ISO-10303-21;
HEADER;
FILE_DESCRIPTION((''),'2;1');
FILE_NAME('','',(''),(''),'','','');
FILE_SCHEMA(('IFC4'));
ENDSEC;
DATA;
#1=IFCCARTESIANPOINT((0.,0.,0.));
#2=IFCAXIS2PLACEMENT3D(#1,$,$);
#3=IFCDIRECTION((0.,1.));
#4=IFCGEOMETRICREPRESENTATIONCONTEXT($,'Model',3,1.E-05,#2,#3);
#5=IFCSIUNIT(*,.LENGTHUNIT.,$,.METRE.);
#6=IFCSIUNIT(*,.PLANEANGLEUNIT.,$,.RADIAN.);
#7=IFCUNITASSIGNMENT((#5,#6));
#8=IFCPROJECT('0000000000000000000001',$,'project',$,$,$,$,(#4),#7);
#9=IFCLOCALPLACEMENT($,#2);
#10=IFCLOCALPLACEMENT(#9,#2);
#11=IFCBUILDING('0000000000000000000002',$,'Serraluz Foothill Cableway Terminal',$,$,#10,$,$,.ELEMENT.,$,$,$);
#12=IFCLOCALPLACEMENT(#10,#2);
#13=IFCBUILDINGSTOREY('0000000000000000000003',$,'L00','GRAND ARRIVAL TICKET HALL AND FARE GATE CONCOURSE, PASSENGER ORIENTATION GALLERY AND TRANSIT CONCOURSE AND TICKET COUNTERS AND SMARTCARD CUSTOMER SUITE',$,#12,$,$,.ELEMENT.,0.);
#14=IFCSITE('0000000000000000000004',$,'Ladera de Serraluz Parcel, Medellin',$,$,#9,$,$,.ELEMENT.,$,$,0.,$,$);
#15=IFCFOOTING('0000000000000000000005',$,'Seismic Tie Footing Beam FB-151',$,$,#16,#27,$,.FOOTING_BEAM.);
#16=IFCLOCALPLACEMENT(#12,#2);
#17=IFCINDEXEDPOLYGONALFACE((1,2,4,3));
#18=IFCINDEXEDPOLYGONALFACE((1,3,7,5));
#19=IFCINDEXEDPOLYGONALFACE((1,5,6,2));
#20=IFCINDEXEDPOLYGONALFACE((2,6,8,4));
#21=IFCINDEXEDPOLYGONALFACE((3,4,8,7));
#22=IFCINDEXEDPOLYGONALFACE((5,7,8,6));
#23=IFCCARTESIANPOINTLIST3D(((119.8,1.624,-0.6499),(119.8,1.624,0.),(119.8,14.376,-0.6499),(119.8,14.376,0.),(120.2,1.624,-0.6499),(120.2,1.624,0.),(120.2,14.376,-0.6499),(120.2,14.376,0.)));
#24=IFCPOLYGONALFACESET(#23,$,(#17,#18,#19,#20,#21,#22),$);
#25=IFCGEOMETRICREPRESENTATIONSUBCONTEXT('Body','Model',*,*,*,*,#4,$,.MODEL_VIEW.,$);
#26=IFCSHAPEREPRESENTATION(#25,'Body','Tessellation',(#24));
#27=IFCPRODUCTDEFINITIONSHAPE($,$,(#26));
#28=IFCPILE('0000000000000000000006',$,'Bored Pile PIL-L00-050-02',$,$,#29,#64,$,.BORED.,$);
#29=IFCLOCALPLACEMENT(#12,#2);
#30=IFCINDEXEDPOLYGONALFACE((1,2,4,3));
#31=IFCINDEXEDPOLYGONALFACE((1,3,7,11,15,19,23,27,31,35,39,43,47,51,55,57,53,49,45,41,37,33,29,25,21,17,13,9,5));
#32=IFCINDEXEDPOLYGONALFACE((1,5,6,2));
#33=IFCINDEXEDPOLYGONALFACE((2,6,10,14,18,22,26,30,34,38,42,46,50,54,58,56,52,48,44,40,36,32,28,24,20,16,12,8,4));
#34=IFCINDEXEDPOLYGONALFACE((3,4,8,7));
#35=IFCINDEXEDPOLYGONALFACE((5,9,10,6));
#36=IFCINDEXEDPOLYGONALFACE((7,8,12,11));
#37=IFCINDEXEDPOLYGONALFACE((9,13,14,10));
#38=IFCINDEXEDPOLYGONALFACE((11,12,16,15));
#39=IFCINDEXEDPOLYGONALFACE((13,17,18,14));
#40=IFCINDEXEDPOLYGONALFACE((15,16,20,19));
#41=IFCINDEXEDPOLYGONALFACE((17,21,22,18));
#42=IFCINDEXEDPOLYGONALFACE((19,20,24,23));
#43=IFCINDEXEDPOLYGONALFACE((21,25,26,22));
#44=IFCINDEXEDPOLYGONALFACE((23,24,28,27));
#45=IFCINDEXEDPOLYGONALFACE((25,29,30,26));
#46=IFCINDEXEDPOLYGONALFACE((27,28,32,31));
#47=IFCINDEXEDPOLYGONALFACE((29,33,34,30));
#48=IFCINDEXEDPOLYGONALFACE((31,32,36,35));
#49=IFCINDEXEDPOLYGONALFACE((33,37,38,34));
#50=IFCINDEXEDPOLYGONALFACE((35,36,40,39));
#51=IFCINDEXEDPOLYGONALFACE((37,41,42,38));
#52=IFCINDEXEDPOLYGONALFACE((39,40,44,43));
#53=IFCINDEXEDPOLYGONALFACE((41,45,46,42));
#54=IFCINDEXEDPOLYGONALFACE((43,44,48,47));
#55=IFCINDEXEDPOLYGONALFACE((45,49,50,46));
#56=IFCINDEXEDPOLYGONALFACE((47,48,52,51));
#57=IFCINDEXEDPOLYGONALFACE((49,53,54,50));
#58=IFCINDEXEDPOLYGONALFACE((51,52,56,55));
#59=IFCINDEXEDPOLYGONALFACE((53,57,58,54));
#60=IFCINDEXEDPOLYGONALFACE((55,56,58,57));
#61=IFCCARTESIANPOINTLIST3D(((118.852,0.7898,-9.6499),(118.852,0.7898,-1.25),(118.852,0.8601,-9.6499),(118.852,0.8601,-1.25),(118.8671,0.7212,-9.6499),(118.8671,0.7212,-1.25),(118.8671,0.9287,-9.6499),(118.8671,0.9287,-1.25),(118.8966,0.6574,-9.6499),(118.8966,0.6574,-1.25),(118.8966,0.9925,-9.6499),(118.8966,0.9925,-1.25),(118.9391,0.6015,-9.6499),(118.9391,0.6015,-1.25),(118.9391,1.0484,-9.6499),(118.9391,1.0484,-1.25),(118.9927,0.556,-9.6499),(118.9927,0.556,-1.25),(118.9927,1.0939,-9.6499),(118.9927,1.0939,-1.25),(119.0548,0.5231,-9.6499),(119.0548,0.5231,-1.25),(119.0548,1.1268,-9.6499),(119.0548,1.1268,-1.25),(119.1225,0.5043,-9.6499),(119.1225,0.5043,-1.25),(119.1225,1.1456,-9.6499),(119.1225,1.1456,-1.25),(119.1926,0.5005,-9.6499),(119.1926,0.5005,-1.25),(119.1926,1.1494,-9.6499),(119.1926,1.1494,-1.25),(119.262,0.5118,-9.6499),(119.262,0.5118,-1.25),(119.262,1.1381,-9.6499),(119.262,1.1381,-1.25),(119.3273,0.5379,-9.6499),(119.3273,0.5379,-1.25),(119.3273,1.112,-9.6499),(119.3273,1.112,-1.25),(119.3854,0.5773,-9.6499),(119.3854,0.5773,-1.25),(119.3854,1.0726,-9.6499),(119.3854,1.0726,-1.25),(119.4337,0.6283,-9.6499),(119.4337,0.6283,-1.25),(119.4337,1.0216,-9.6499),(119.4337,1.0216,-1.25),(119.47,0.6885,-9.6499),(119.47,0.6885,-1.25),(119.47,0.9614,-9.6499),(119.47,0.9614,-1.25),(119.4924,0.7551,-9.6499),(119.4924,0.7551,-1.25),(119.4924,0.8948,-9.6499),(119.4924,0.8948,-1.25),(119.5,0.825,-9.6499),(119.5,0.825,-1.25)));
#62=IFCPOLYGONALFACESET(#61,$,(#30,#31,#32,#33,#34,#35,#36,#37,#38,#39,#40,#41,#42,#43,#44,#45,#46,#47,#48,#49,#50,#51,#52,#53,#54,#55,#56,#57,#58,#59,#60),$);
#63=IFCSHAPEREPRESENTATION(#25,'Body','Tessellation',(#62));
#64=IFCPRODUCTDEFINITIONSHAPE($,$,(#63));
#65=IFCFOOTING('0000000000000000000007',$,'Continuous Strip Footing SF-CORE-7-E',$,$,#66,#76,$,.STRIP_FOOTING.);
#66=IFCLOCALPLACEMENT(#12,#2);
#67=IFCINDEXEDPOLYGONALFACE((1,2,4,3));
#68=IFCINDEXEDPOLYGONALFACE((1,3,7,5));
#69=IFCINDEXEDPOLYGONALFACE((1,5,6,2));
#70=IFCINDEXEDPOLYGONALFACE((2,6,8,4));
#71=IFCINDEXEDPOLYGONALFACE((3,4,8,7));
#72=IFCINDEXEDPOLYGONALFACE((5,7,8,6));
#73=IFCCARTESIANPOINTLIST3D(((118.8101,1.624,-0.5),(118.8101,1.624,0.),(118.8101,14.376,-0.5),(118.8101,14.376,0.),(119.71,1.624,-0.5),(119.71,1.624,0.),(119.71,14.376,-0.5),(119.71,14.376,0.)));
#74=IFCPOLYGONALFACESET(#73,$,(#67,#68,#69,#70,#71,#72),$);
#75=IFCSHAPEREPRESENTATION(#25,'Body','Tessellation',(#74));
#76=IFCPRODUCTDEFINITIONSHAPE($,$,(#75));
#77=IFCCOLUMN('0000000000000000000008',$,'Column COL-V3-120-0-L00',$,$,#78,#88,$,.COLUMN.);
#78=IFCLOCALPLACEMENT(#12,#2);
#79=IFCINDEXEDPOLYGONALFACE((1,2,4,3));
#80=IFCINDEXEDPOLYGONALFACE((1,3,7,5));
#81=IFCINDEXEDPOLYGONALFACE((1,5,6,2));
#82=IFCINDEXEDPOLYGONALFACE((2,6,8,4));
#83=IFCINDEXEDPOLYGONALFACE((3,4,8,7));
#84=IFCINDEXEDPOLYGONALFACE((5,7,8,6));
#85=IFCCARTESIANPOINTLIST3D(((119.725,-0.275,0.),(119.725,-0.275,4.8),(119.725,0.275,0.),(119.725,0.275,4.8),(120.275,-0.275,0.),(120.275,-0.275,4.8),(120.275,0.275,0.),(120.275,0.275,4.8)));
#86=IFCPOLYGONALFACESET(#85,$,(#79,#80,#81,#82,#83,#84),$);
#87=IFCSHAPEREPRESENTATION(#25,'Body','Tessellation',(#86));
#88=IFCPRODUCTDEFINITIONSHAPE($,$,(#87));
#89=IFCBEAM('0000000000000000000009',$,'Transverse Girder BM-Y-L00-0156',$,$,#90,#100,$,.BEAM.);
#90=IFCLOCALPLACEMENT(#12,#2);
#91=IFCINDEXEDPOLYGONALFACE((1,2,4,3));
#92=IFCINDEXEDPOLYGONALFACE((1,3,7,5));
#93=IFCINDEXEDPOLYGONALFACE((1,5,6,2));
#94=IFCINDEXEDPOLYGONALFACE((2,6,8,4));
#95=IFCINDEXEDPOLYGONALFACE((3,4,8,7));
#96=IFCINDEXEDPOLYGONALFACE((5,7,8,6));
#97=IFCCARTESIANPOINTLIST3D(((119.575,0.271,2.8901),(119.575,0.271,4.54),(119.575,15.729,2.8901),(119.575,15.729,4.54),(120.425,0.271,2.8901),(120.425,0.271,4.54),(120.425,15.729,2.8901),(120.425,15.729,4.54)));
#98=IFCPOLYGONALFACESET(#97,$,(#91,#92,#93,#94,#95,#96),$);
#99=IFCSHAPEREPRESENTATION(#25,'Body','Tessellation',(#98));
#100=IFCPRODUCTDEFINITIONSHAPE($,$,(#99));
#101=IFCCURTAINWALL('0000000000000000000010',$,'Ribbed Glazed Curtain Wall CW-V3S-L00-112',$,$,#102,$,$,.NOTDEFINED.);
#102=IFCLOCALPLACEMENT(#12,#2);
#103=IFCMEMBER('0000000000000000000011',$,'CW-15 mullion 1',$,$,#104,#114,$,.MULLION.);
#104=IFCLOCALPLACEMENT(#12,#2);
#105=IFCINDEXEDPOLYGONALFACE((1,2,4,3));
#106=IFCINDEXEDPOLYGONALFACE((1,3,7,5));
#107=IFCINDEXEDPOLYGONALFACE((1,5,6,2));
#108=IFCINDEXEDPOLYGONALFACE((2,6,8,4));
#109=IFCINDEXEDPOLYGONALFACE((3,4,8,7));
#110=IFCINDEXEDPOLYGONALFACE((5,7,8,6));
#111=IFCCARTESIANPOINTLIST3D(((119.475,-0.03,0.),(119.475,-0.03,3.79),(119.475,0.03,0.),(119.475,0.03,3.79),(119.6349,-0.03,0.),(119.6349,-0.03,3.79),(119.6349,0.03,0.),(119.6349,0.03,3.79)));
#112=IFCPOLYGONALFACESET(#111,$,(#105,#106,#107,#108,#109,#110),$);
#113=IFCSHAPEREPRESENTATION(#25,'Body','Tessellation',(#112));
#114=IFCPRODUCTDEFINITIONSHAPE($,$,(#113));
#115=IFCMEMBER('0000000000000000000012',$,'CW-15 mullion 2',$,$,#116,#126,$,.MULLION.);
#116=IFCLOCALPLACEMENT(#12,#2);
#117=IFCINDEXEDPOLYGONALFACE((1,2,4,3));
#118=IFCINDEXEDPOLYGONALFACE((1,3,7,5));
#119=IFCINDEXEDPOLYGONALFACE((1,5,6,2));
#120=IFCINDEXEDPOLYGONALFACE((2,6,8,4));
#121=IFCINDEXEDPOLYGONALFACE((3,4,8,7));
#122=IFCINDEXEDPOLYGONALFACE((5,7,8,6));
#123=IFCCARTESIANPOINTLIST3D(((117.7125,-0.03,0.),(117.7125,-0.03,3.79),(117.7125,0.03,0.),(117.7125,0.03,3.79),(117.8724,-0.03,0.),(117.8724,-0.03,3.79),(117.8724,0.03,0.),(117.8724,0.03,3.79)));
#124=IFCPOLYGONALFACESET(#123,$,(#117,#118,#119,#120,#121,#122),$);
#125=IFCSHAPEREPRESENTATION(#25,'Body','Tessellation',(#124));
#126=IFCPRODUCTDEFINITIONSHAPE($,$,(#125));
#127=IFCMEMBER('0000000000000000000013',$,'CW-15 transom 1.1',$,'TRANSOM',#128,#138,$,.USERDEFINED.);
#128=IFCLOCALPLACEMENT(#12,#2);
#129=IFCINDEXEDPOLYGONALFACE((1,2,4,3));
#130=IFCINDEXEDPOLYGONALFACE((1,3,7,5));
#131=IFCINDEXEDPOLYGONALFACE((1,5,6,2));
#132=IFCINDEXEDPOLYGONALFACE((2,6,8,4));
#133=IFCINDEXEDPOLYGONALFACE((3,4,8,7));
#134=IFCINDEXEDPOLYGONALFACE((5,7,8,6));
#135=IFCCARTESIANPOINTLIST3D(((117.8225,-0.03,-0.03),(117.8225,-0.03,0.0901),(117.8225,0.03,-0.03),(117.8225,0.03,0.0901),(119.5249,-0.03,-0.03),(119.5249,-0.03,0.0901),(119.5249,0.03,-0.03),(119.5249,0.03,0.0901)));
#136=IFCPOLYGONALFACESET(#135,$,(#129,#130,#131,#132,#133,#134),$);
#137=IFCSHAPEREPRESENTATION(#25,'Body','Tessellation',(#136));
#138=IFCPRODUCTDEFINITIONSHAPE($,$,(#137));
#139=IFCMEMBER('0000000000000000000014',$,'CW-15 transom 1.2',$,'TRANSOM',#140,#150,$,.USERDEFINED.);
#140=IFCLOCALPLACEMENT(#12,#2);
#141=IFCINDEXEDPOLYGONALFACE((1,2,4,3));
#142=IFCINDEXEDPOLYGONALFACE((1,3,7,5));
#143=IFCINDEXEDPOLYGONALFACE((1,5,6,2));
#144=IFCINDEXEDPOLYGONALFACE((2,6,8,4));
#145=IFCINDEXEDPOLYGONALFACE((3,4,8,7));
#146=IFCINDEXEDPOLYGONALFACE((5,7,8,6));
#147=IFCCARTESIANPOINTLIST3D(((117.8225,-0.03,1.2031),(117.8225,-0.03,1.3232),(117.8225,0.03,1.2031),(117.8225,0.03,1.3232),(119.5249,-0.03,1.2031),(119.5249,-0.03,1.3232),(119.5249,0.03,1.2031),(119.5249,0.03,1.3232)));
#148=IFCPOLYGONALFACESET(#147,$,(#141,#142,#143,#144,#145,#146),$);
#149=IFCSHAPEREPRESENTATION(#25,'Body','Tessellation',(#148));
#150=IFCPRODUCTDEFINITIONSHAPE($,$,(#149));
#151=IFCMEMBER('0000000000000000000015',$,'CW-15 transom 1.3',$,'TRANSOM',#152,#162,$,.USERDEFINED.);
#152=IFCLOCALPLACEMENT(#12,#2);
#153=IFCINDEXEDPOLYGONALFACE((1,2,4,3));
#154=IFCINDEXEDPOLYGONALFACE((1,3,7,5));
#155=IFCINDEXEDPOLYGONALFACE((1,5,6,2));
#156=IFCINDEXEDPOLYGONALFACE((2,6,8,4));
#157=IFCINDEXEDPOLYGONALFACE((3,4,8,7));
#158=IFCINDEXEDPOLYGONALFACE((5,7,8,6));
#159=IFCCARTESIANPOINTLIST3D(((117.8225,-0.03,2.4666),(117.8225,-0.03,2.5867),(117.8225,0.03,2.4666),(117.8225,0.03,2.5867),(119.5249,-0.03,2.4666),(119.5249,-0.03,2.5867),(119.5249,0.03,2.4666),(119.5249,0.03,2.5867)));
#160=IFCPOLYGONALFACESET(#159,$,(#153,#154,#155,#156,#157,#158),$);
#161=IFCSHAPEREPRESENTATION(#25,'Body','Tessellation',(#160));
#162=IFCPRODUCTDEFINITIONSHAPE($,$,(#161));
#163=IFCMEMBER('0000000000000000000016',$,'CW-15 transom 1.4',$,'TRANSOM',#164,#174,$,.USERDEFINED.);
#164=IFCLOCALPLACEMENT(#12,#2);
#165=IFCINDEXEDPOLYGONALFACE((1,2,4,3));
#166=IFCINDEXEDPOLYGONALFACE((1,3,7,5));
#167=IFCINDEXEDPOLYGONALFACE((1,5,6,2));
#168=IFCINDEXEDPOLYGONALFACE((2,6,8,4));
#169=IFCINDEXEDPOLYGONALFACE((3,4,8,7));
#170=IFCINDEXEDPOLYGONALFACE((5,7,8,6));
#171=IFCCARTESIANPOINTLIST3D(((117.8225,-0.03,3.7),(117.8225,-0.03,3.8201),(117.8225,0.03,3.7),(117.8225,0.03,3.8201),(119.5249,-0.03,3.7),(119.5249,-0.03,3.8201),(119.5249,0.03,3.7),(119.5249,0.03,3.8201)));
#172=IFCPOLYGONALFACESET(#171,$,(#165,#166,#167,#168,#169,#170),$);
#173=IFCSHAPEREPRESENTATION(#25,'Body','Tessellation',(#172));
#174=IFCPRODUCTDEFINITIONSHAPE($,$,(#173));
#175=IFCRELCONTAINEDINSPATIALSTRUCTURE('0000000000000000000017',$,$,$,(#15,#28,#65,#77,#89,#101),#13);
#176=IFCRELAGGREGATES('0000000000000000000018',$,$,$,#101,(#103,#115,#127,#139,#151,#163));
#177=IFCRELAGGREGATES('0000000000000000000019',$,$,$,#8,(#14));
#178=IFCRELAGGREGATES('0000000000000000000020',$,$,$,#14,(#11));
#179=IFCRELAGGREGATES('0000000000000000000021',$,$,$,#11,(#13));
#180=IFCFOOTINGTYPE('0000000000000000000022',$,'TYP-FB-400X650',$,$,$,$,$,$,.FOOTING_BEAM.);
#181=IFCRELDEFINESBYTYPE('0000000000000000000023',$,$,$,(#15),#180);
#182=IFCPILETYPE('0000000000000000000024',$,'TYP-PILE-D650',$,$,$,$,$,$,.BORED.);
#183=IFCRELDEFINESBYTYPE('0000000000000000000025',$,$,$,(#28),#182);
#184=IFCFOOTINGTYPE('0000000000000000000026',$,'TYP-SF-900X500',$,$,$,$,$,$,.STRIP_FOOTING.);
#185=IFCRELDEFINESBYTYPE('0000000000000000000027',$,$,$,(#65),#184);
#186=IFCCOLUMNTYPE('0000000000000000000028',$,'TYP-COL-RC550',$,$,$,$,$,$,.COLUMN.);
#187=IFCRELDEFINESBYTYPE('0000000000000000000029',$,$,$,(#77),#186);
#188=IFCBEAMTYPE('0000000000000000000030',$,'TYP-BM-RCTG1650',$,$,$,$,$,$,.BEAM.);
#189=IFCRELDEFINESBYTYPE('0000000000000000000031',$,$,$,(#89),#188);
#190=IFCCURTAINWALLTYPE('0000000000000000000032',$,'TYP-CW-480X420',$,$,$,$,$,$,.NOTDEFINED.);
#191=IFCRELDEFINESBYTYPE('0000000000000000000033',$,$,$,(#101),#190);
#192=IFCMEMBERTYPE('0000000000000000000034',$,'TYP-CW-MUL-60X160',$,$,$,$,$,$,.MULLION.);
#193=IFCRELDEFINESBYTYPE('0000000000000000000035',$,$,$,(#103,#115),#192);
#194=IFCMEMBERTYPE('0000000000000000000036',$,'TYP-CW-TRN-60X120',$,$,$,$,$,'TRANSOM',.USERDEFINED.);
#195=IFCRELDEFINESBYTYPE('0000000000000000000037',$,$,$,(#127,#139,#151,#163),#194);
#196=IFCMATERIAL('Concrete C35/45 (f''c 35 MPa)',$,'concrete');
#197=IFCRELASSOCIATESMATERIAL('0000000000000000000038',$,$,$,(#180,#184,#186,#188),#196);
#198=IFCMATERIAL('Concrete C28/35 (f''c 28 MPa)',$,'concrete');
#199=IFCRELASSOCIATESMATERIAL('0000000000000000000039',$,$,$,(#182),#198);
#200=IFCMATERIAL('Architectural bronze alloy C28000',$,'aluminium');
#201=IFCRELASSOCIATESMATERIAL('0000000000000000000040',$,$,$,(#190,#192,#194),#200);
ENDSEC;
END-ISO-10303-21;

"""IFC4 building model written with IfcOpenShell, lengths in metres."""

from ifc_helpers import new_model, si_unit, direction, frame, origin, origin_2d, place, context, subcontext, project, spatial, rectangle, circle, extrude, material, material_profile, profile_set, type_object, element, aggregate, save


model = new_model("IFC4")

# Units and contexts
model_context = context("Model", 3, precision=1e-05, world=origin(), true_north=direction((0.0, 1.0)))
body_context = subcontext(model_context, "Body", "Model", "MODEL_VIEW")
ifc_project = project(units=[si_unit("LENGTHUNIT", "METRE"), si_unit("PLANEANGLEUNIT", "RADIAN")], contexts=[model_context])

# Site, building, storey
site_placement = place(None, origin())
site = spatial("IfcSite", under=ifc_project, at=site_placement, Name="Ladera de Serraluz Parcel, Medellin", CompositionType="ELEMENT", RefElevation=0.0)
building_placement = place(site_placement, origin())
building = spatial("IfcBuilding", under=site, at=building_placement, Name="Serraluz Foothill Cableway Terminal", CompositionType="ELEMENT")
storey_placement = place(building_placement, origin())
storey = spatial("IfcBuildingStorey", under=building, at=storey_placement, Name="L00", Description="GRAND ARRIVAL TICKET HALL AND FARE GATE CONCOURSE, PASSENGER ORIENTATION GALLERY AND TRANSIT CONCOURSE AND TICKET COUNTERS AND SMARTCARD CUSTOMER SUITE", CompositionType="ELEMENT", Elevation=0.0)

# Footing
ifc_material_1 = material(Name="Concrete C35/45 (f'c 35 MPa)", Category="concrete")
ifc_material_profile_1 = material_profile(ifc_material_1, rectangle(XDim=0.3999, YDim=0.6499, at=origin_2d()), Name="RC 400x650")
ifc_profile_set_1 = profile_set([ifc_material_profile_1], Name="Concrete C35/45 (f'c 35 MPa)")
footing_type_1 = type_object("IfcFootingType", Name="TYP-FB-400X650", PredefinedType="FOOTING_BEAM", material=ifc_profile_set_1)
footing_1_placement = place(storey_placement, frame((120.0, 1.624, -0.325), z_axis=(0.0, 1.0, 0.0), x_axis=(-1.0, 0.0, 0.0)))
element("IfcFooting", 1, at=footing_1_placement, inside=storey, type_object=footing_type_1, Name="Seismic Tie Footing Beam FB-151", PredefinedType="FOOTING_BEAM", context=body_context, shape_type="SweptSolid", body=[
    extrude(rectangle(XDim=0.3999, YDim=0.6499, at=origin_2d()), origin(), (0.0, 0.0, 1.0), 12.752),
])

# Pile
ifc_material_2 = material(Name="Concrete C28/35 (f'c 28 MPa)", Category="concrete")
ifc_material_profile_2 = material_profile(ifc_material_2, circle(Radius=0.325, at=origin_2d()), Name="BORED PILE D650")
ifc_profile_set_2 = profile_set([ifc_material_profile_2], Name="Concrete C28/35 (f'c 28 MPa)")
pile_type = type_object("IfcPileType", Name="TYP-PILE-D650", PredefinedType="BORED", material=ifc_profile_set_2)
pile_placement = place(storey_placement, frame((119.175, 0.825, -1.25), z_axis=(0.0, 0.0, -1.0), x_axis=(1.0, 0.0, 0.0)))
element("IfcPile", 2, at=pile_placement, inside=storey, type_object=pile_type, Name="Bored Pile PIL-L00-050-02", PredefinedType="BORED", context=body_context, shape_type="SweptSolid", body=[
    extrude(circle(Radius=0.325, at=origin_2d()), origin(), (0.0, 0.0, 1.0), 8.3999),
])

# Footing
ifc_material_profile_3 = material_profile(ifc_material_1, rectangle(XDim=0.8999, YDim=0.5, at=origin_2d()), Name="SF 900x500")
ifc_profile_set_3 = profile_set([ifc_material_profile_3], Name="Concrete C35/45 (f'c 35 MPa)")
footing_type_2 = type_object("IfcFootingType", Name="TYP-SF-900X500", PredefinedType="STRIP_FOOTING", material=ifc_profile_set_3)
footing_2_placement = place(storey_placement, frame((119.26, 1.624, -0.25), z_axis=(0.0, 1.0, 0.0), x_axis=(-1.0, 0.0, 0.0)))
element("IfcFooting", 3, at=footing_2_placement, inside=storey, type_object=footing_type_2, Name="Continuous Strip Footing SF-CORE-7-E", PredefinedType="STRIP_FOOTING", context=body_context, shape_type="SweptSolid", body=[
    extrude(rectangle(XDim=0.8999, YDim=0.5, at=origin_2d()), origin(), (0.0, 0.0, 1.0), 12.752),
])

# Column
ifc_material_profile_4 = material_profile(ifc_material_1, rectangle(XDim=0.55, YDim=0.55, at=origin_2d()), Name="RC 550x550")
ifc_profile_set_4 = profile_set([ifc_material_profile_4], Name="Concrete C35/45 (f'c 35 MPa)")
column_type = type_object("IfcColumnType", Name="TYP-COL-RC550", PredefinedType="COLUMN", material=ifc_profile_set_4)
column_placement = place(storey_placement, frame((120.0, 0.0, 0.0), z_axis=(0.0, 0.0, 1.0), x_axis=(1.0, 0.0, 0.0)))
element("IfcColumn", 4, at=column_placement, inside=storey, type_object=column_type, Name="Column COL-V3-120-0-L00", PredefinedType="COLUMN", context=body_context, shape_type="SweptSolid", body=[
    extrude(rectangle(XDim=0.55, YDim=0.55, at=origin_2d()), origin(), (0.0, 0.0, 1.0), 4.8),
])

# Beam
ifc_material_profile_5 = material_profile(ifc_material_1, rectangle(XDim=0.8501, YDim=1.6499, at=origin_2d()), Name="RC TG 850x1650")
ifc_profile_set_5 = profile_set([ifc_material_profile_5], Name="Concrete C35/45 (f'c 35 MPa)")
beam_type = type_object("IfcBeamType", Name="TYP-BM-RCTG1650", PredefinedType="BEAM", material=ifc_profile_set_5)
beam_placement = place(storey_placement, frame((120.0, 0.271, 3.7151), z_axis=(0.0, 1.0, 0.0), x_axis=(-1.0, 0.0, 0.0)))
element("IfcBeam", 5, at=beam_placement, inside=storey, type_object=beam_type, Name="Transverse Girder BM-Y-L00-0156", PredefinedType="BEAM", context=body_context, shape_type="SweptSolid", body=[
    extrude(rectangle(XDim=0.8501, YDim=1.6499, at=origin_2d()), origin(), (0.0, 0.0, 1.0), 15.458),
])

# Curtain wall, members
ifc_material_3 = material(Name="Architectural bronze alloy C28000", Category="aluminium")
curtain_wall_type = type_object("IfcCurtainWallType", Name="TYP-CW-480X420", PredefinedType="NOTDEFINED", material=ifc_material_3)
curtain_wall_placement = place(storey_placement, origin())
curtain_wall = element("IfcCurtainWall", 6, at=curtain_wall_placement, inside=storey, type_object=curtain_wall_type, Name="Ribbed Glazed Curtain Wall CW-V3S-L00-112", PredefinedType="NOTDEFINED")
ifc_material_profile_6 = material_profile(ifc_material_3, rectangle(XDim=0.0601, YDim=0.1599, at=origin_2d()), Name="ALU MULLION 60x160")
ifc_profile_set_6 = profile_set([ifc_material_profile_6], Name="Architectural bronze alloy C28000")
member_type_1 = type_object("IfcMemberType", Name="TYP-CW-MUL-60X160", PredefinedType="MULLION", material=ifc_profile_set_6)
member_1_placement = place(storey_placement, frame((119.5549, 0.0, 0.0), z_axis=(0.0, 0.0, 1.0), x_axis=(0.0, -1.0, 0.0)))
member_1 = element("IfcMember", 7, at=member_1_placement, type_object=member_type_1, Name="CW-15 mullion 1", PredefinedType="MULLION", context=body_context, shape_type="SweptSolid", body=[
    extrude(rectangle(XDim=0.0601, YDim=0.1599, at=origin_2d()), origin(), (0.0, 0.0, 1.0), 3.79),
])
member_2_placement = place(storey_placement, frame((117.7925, 0.0, 0.0), z_axis=(0.0, 0.0, 1.0), x_axis=(0.0, -1.0, 0.0)))
member_2 = element("IfcMember", 8, at=member_2_placement, type_object=member_type_1, Name="CW-15 mullion 2", PredefinedType="MULLION", context=body_context, shape_type="SweptSolid", body=[
    extrude(rectangle(XDim=0.0601, YDim=0.1599, at=origin_2d()), origin(), (0.0, 0.0, 1.0), 3.79),
])
ifc_material_profile_7 = material_profile(ifc_material_3, rectangle(XDim=0.0601, YDim=0.1201, at=origin_2d()), Name="ALU TRANSOM 60x120")
ifc_profile_set_7 = profile_set([ifc_material_profile_7], Name="Architectural bronze alloy C28000")
member_type_2 = type_object("IfcMemberType", Name="TYP-CW-TRN-60X120", ElementType="TRANSOM", PredefinedType="USERDEFINED", material=ifc_profile_set_7)
member_3_placement = place(storey_placement, frame((119.5249, 0.0, 0.03), z_axis=(-1.0, 0.0, 0.0), x_axis=(0.0, -1.0, 0.0)))
member_3 = element("IfcMember", 9, at=member_3_placement, type_object=member_type_2, Name="CW-15 transom 1.1", ObjectType="TRANSOM", PredefinedType="USERDEFINED", context=body_context, shape_type="SweptSolid", body=[
    extrude(rectangle(XDim=0.0601, YDim=0.1201, at=origin_2d()), origin(), (0.0, 0.0, 1.0), 1.7024),
])
member_4_placement = place(storey_placement, frame((119.5249, 0.0, 1.2632), z_axis=(-1.0, 0.0, 0.0), x_axis=(0.0, -1.0, 0.0)))
member_4 = element("IfcMember", 10, at=member_4_placement, type_object=member_type_2, Name="CW-15 transom 1.2", ObjectType="TRANSOM", PredefinedType="USERDEFINED", context=body_context, shape_type="SweptSolid", body=[
    extrude(rectangle(XDim=0.0601, YDim=0.1201, at=origin_2d()), origin(), (0.0, 0.0, 1.0), 1.7024),
])
member_5_placement = place(storey_placement, frame((119.5249, 0.0, 2.5266), z_axis=(-1.0, 0.0, 0.0), x_axis=(0.0, -1.0, 0.0)))
member_5 = element("IfcMember", 11, at=member_5_placement, type_object=member_type_2, Name="CW-15 transom 1.3", ObjectType="TRANSOM", PredefinedType="USERDEFINED", context=body_context, shape_type="SweptSolid", body=[
    extrude(rectangle(XDim=0.0601, YDim=0.1201, at=origin_2d()), origin(), (0.0, 0.0, 1.0), 1.7024),
])
member_6_placement = place(storey_placement, frame((119.5249, 0.0, 3.76), z_axis=(-1.0, 0.0, 0.0), x_axis=(0.0, -1.0, 0.0)))
member_6 = element("IfcMember", 12, at=member_6_placement, type_object=member_type_2, Name="CW-15 transom 1.4", ObjectType="TRANSOM", PredefinedType="USERDEFINED", context=body_context, shape_type="SweptSolid", body=[
    extrude(rectangle(XDim=0.0601, YDim=0.1201, at=origin_2d()), origin(), (0.0, 0.0, 1.0), 1.7024),
])
aggregate(curtain_wall, [member_1, member_2, member_3, member_4, member_5, member_6])

save(model, "model.ifc")
